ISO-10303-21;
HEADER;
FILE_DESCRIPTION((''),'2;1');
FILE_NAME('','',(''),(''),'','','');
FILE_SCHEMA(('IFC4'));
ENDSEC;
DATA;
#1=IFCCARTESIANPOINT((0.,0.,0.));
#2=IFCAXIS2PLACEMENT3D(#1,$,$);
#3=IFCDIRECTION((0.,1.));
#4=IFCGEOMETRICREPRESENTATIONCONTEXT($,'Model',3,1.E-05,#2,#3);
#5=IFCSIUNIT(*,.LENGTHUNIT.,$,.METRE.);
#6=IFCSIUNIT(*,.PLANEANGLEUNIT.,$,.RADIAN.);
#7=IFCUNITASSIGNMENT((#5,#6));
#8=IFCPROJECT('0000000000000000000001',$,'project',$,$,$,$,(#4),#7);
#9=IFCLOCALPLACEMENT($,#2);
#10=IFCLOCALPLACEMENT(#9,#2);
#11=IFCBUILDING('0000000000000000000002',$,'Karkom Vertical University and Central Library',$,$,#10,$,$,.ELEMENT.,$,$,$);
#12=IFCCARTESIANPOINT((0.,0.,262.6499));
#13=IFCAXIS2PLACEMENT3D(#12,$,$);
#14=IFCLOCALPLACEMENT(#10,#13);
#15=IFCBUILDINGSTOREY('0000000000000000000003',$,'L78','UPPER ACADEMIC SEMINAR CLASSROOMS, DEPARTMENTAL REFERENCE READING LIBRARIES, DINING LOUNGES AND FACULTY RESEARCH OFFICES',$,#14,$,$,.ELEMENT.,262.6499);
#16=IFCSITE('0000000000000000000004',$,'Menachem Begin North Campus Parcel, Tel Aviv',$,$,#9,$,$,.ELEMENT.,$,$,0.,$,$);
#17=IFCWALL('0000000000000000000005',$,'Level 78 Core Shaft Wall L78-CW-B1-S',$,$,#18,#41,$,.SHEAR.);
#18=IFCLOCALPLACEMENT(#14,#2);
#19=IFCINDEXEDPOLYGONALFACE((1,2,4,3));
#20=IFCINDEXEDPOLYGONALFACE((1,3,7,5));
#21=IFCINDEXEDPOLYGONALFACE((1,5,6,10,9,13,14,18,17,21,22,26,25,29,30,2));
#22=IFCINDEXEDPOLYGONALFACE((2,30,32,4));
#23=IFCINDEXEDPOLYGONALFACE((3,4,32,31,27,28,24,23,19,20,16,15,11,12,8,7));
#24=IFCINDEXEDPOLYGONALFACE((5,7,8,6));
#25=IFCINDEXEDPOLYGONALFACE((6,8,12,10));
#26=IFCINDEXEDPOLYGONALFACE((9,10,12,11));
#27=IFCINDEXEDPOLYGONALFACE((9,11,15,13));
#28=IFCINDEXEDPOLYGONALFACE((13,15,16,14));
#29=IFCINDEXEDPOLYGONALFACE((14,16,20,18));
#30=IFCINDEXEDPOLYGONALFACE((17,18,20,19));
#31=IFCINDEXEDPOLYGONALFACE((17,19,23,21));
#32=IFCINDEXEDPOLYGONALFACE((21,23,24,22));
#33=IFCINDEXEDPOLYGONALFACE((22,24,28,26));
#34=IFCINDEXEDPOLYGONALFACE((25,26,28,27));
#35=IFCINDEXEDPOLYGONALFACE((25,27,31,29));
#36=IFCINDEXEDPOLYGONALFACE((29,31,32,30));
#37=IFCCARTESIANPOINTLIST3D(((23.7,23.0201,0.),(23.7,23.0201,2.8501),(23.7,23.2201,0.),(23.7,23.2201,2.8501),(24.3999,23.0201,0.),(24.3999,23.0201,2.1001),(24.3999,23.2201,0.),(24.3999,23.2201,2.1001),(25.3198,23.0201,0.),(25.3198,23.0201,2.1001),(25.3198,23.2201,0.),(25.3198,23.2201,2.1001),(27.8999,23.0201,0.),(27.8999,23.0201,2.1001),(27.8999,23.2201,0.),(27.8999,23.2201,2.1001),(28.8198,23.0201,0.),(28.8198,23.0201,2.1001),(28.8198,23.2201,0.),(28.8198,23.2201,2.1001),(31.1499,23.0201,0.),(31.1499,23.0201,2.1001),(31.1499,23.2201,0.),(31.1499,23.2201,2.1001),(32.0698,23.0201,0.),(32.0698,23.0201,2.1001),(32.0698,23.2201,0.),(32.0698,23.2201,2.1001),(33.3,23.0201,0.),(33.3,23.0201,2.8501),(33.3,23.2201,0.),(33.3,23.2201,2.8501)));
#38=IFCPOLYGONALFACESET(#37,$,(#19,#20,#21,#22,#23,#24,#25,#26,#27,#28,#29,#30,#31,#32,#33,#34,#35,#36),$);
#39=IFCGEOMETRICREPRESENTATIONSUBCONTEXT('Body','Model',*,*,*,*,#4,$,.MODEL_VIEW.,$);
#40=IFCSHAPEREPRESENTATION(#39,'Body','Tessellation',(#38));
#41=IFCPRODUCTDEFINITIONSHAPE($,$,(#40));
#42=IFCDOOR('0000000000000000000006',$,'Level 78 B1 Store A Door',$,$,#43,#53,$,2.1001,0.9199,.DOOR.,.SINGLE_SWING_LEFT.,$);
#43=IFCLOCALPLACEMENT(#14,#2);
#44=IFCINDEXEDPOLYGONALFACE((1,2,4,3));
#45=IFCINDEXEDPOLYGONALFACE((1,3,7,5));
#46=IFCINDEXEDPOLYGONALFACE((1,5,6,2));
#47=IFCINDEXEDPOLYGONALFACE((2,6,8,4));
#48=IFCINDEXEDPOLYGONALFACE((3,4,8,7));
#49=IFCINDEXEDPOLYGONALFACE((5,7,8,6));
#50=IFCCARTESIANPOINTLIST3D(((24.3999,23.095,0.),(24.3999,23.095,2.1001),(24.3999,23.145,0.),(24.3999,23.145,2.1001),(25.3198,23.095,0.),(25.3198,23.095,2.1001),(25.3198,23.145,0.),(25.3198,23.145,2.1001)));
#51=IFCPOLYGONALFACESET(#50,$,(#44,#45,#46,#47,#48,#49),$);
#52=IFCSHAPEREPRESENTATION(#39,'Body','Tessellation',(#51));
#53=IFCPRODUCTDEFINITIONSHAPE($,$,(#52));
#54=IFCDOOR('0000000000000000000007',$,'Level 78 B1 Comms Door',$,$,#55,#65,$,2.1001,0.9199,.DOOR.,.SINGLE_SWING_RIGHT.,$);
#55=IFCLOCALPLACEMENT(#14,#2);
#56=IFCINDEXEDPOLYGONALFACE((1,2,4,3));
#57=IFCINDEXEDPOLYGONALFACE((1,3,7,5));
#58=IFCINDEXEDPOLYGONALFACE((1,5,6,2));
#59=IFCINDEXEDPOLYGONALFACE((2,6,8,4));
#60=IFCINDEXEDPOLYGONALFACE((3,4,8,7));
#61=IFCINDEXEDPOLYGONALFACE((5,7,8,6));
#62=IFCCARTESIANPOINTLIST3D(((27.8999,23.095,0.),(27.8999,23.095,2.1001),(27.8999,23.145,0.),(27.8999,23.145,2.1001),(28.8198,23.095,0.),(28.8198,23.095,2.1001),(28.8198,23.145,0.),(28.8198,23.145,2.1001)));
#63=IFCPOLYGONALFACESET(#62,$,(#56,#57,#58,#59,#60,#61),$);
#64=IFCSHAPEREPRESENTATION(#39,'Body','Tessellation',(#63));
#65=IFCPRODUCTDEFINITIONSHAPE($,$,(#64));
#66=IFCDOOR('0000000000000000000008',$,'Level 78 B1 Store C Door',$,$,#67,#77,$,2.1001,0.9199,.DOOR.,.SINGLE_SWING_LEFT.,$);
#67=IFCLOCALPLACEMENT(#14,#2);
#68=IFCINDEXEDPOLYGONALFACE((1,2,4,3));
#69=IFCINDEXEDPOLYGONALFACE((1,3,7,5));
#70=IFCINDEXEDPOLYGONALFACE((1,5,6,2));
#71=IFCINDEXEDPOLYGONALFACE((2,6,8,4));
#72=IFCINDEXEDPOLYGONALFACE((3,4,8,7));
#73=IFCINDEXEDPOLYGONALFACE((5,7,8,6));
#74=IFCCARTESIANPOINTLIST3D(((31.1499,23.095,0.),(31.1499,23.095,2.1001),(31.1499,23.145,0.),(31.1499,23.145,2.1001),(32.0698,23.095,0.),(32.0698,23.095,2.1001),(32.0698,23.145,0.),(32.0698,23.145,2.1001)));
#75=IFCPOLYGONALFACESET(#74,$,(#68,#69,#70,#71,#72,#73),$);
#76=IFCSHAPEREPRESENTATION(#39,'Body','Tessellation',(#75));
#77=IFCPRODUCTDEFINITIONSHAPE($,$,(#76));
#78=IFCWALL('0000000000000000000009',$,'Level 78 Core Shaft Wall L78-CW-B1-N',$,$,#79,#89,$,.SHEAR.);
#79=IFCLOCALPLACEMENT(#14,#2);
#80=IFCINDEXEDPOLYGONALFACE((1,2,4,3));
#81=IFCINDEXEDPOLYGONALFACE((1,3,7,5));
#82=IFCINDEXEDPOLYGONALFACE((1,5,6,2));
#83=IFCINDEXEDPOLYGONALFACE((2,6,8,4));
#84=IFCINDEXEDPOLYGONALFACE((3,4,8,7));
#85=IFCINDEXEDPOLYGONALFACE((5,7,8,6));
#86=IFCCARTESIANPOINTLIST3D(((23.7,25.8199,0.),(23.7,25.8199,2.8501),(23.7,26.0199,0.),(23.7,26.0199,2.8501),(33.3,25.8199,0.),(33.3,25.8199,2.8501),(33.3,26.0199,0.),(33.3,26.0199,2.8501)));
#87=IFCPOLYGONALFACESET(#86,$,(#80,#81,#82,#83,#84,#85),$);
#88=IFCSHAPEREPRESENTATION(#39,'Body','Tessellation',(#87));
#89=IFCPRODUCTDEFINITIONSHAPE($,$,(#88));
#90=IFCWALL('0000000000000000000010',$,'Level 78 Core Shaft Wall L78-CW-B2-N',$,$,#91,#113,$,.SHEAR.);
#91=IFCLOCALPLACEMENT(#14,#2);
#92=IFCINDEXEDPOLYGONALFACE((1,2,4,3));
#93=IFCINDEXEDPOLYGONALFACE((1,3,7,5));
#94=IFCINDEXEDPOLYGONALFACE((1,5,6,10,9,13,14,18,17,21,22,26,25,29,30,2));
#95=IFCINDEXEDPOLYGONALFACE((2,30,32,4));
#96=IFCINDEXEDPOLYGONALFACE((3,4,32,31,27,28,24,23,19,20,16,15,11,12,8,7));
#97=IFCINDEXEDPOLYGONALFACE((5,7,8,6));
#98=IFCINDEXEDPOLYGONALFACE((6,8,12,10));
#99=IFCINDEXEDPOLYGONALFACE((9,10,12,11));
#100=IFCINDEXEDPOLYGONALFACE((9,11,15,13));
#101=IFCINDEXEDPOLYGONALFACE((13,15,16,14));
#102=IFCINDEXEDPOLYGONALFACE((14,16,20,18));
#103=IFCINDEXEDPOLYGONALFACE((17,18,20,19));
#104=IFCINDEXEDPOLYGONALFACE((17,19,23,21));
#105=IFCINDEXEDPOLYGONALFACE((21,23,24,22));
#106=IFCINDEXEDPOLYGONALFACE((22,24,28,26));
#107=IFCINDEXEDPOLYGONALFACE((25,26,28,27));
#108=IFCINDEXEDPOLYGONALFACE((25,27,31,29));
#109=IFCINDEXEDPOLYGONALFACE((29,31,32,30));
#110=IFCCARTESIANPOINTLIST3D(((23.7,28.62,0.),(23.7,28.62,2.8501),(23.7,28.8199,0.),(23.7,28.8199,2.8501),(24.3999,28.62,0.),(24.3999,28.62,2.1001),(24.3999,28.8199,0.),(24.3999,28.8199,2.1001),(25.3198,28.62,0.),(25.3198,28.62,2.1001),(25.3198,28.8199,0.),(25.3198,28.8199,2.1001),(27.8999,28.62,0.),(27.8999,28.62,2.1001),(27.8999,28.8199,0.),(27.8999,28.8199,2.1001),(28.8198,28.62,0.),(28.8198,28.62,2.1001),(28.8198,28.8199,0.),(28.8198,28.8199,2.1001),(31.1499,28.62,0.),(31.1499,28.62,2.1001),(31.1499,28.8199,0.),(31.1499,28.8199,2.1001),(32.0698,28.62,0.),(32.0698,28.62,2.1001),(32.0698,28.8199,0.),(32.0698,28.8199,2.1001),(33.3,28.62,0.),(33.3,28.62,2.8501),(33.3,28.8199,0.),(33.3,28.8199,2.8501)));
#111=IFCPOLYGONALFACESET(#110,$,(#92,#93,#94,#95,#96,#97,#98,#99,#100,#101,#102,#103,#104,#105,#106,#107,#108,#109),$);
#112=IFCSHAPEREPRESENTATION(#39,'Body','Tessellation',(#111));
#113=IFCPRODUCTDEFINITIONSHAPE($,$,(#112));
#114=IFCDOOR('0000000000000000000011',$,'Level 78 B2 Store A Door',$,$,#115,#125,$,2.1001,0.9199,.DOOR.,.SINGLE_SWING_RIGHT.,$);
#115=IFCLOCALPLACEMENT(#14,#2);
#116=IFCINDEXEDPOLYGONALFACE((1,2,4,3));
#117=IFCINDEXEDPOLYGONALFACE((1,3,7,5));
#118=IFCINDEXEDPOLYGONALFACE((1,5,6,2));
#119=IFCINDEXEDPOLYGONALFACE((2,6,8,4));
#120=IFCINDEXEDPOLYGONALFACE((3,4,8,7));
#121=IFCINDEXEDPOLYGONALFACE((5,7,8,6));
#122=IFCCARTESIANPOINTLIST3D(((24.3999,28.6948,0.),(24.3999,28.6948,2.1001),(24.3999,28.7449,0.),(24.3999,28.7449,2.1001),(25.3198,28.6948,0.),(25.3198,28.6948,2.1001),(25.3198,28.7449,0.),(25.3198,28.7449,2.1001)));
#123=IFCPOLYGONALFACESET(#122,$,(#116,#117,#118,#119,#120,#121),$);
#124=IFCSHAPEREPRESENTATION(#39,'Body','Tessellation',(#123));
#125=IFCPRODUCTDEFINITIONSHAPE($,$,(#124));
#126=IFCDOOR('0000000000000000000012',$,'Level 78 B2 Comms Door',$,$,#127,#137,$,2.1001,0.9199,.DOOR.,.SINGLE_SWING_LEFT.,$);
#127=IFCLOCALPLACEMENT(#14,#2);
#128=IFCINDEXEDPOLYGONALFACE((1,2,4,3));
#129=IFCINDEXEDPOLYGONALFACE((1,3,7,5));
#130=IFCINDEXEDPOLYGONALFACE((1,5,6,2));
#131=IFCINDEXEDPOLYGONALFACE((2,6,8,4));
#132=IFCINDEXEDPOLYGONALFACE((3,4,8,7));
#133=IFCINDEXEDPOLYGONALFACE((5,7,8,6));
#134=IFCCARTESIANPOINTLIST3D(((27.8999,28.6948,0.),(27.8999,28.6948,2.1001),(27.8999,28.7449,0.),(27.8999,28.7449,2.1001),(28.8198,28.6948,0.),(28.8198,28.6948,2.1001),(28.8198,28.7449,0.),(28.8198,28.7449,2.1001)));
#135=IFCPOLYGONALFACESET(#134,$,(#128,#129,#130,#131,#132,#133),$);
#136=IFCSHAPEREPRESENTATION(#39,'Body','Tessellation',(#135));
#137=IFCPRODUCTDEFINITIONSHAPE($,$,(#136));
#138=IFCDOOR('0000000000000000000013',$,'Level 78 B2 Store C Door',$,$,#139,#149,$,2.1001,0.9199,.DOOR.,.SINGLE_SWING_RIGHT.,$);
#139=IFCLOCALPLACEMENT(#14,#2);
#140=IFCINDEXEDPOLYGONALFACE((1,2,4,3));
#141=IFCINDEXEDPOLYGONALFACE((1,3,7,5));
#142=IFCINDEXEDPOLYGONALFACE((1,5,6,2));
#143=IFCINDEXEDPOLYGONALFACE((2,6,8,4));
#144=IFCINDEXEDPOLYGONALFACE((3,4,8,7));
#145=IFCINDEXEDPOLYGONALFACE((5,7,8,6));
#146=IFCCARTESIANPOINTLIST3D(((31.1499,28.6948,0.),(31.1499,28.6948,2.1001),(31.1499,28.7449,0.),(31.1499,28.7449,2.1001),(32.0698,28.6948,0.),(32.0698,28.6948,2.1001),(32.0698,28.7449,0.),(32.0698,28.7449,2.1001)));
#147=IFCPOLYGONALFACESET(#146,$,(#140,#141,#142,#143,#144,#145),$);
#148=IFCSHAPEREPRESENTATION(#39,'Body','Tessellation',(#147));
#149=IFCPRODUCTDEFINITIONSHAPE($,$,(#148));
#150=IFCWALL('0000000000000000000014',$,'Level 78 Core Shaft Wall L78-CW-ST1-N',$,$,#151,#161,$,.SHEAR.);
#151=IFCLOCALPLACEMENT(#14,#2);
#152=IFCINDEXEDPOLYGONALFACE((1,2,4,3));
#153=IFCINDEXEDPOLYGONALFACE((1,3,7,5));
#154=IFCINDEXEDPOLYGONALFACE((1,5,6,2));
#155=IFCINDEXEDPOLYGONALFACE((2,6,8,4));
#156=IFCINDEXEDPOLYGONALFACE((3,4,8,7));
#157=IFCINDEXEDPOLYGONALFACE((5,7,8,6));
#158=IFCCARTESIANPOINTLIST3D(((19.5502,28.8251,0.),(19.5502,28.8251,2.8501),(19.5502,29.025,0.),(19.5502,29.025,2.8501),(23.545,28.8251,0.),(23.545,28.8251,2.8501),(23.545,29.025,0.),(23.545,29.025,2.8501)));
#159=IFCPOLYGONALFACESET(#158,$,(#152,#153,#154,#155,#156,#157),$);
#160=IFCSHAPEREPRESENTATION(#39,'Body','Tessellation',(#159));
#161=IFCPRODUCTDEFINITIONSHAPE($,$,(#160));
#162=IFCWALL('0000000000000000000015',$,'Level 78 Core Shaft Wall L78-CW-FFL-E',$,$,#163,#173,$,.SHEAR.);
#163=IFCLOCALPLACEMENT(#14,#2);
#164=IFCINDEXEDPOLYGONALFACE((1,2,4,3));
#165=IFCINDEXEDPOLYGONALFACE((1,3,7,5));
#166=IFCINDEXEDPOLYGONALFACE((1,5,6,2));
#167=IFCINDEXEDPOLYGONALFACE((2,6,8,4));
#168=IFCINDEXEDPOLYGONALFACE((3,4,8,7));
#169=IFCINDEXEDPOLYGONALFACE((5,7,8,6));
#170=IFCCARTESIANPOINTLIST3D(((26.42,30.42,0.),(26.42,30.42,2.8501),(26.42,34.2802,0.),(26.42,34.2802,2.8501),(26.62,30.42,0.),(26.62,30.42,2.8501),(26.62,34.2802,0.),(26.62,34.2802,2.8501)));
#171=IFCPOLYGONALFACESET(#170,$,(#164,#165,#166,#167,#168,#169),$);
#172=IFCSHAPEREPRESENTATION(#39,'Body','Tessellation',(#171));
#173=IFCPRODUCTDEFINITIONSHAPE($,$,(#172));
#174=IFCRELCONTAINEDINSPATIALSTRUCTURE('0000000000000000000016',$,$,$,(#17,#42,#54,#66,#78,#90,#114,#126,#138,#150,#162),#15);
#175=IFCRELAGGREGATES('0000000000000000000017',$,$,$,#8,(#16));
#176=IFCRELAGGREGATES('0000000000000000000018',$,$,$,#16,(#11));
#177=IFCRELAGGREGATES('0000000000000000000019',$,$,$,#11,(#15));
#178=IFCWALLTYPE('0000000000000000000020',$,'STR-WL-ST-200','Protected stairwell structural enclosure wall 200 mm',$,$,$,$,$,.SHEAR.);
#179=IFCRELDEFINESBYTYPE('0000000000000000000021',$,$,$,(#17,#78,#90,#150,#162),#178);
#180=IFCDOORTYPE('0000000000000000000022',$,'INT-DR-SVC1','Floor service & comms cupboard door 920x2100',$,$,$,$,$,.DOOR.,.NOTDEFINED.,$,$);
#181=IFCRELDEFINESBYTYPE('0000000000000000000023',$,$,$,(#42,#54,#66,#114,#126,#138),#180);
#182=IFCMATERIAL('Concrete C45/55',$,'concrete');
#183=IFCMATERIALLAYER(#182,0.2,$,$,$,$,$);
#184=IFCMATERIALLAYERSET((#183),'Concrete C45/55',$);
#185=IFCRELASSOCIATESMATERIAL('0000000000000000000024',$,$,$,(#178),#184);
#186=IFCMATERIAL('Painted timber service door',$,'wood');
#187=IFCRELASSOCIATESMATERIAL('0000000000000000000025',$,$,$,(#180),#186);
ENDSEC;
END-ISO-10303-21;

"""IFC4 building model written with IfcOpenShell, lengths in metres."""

from ifc_helpers import new_model, si_unit, direction, frame, frame_2d, origin, origin_with_axes, place, context, subcontext, project, spatial, rectangle, extrude, source, transform, mapped, material, layer, layer_set, type_object, element, fill, save


model = new_model("IFC4")

# Units and contexts
model_context = context("Model", 3, precision=1e-05, world=origin(), true_north=direction((0.0, 1.0)))
body_context = subcontext(model_context, "Body", "Model", "MODEL_VIEW")
ifc_project = project(units=[si_unit("LENGTHUNIT", "METRE"), si_unit("PLANEANGLEUNIT", "RADIAN")], contexts=[model_context])

# Site, building, storey
site_placement = place(None, origin())
site = spatial("IfcSite", under=ifc_project, at=site_placement, Name="Menachem Begin North Campus Parcel, Tel Aviv", CompositionType="ELEMENT", RefElevation=0.0)
building_placement = place(site_placement, origin())
building = spatial("IfcBuilding", under=site, at=building_placement, Name="Karkom Vertical University and Central Library", CompositionType="ELEMENT")
storey_placement = place(building_placement, frame((0.0, 0.0, 262.6499)))
storey = spatial("IfcBuildingStorey", under=building, at=storey_placement, Name="L78", Description="UPPER ACADEMIC SEMINAR CLASSROOMS, DEPARTMENTAL REFERENCE READING LIBRARIES, DINING LOUNGES AND FACULTY RESEARCH OFFICES", CompositionType="ELEMENT", Elevation=262.6499)

# Wall, openings, doors
ifc_material_1 = material(Name="Concrete C45/55", Category="concrete")
ifc_layer_1 = layer(ifc_material_1, 0.2)
ifc_layer_set_1 = layer_set([ifc_layer_1], Name="Concrete C45/55")
wall_type_1 = type_object("IfcWallType", Name="STR-WL-ST-200", Description="Protected stairwell structural enclosure wall 200 mm", PredefinedType="SHEAR", material=ifc_layer_set_1)
wall_1_placement = place(storey_placement, frame((23.7, 23.1201, 0.0), z_axis=(0.0, 0.0, 1.0), x_axis=(1.0, 0.0, 0.0)))
wall_1 = element("IfcWall", 1, at=wall_1_placement, inside=storey, type_object=wall_type_1, Name="Level 78 Core Shaft Wall L78-CW-B1-S", PredefinedType="SHEAR", context=body_context, shape_type="SweptSolid", body=[
    extrude(rectangle(XDim=9.6001, YDim=0.2, at=frame_2d((4.8, 0.0))), origin(), (0.0, 0.0, 1.0), 2.8501),
])
opening_1_placement = place(wall_1_placement, frame((0.7, 0.0, 0.0)))
opening_1 = element("IfcOpeningElement", 2, at=opening_1_placement, cuts=wall_1, PredefinedType="OPENING", context=body_context, shape_type="SweptSolid", body=[
    extrude(rectangle(XDim=0.9199, YDim=2.1001, at=frame_2d((0.46, 1.05))), frame((0.0, 0.1099, 0.0), z_axis=(0.0, -1.0, 0.0), x_axis=(1.0, 0.0, 0.0)), (0.0, 0.0, 1.0), 0.22),
])
opening_2_placement = place(wall_1_placement, frame((4.2, 0.0, 0.0)))
opening_2 = element("IfcOpeningElement", 3, at=opening_2_placement, cuts=wall_1, PredefinedType="OPENING", context=body_context, shape_type="SweptSolid", body=[
    extrude(rectangle(XDim=0.9199, YDim=2.1001, at=frame_2d((0.46, 1.05))), frame((0.0, 0.1099, 0.0), z_axis=(0.0, -1.0, 0.0), x_axis=(1.0, 0.0, 0.0)), (0.0, 0.0, 1.0), 0.22),
])
opening_3_placement = place(wall_1_placement, frame((7.45, 0.0, 0.0)))
opening_3 = element("IfcOpeningElement", 4, at=opening_3_placement, cuts=wall_1, PredefinedType="OPENING", context=body_context, shape_type="SweptSolid", body=[
    extrude(rectangle(XDim=0.9199, YDim=2.1001, at=frame_2d((0.46, 1.05))), frame((0.0, 0.1099, 0.0), z_axis=(0.0, -1.0, 0.0), x_axis=(1.0, 0.0, 0.0)), (0.0, 0.0, 1.0), 0.22),
])
ifc_material_2 = material(Name="Painted timber service door", Category="wood")
door_type = type_object("IfcDoorType", Name="INT-DR-SVC1", Description="Floor service & comms cupboard door 920x2100", OperationType="NOTDEFINED", PredefinedType="DOOR", material=ifc_material_2)
shared_shape_1 = source(origin_with_axes(), body_context, "Body", "SweptSolid", [
    extrude(rectangle(XDim=0.9199, YDim=2.1001, at=frame_2d((0.46, 1.05))), frame((0.0, 0.0249, 0.0), z_axis=(0.0, -1.0, 0.0), x_axis=(1.0, 0.0, 0.0)), (0.0, 0.0, 1.0), 0.05),
])
door_1_placement = place(opening_1_placement, origin())
door_1 = element("IfcDoor", 5, at=door_1_placement, inside=storey, type_object=door_type, Name="Level 78 B1 Store A Door", OperationType="SINGLE_SWING_LEFT", OverallHeight=2.1001, OverallWidth=0.9199, PredefinedType="DOOR", context=body_context, shape_type="MappedRepresentation", body=[
    mapped(shared_shape_1, transform((0.0, 0.0, 0.0), scale=1.0)),
])
fill(opening_1, door_1)
door_2_placement = place(opening_2_placement, origin())
door_2 = element("IfcDoor", 6, at=door_2_placement, inside=storey, type_object=door_type, Name="Level 78 B1 Comms Door", OperationType="SINGLE_SWING_RIGHT", OverallHeight=2.1001, OverallWidth=0.9199, PredefinedType="DOOR", context=body_context, shape_type="MappedRepresentation", body=[
    mapped(shared_shape_1, transform((0.0, 0.0, 0.0), scale=1.0)),
])
fill(opening_2, door_2)
door_3_placement = place(opening_3_placement, origin())
door_3 = element("IfcDoor", 7, at=door_3_placement, inside=storey, type_object=door_type, Name="Level 78 B1 Store C Door", OperationType="SINGLE_SWING_LEFT", OverallHeight=2.1001, OverallWidth=0.9199, PredefinedType="DOOR", context=body_context, shape_type="MappedRepresentation", body=[
    mapped(shared_shape_1, transform((0.0, 0.0, 0.0), scale=1.0)),
])
fill(opening_3, door_3)

# Wall
wall_2_placement = place(storey_placement, frame((23.7, 25.9199, 0.0), z_axis=(0.0, 0.0, 1.0), x_axis=(1.0, 0.0, 0.0)))
element("IfcWall", 8, at=wall_2_placement, inside=storey, type_object=wall_type_1, Name="Level 78 Core Shaft Wall L78-CW-B1-N", PredefinedType="SHEAR", context=body_context, shape_type="SweptSolid", body=[
    extrude(rectangle(XDim=9.6001, YDim=0.2, at=frame_2d((4.8, 0.0))), origin(), (0.0, 0.0, 1.0), 2.8501),
])

# Wall, openings, doors
wall_3_placement = place(storey_placement, frame((23.7, 28.72, 0.0), z_axis=(0.0, 0.0, 1.0), x_axis=(1.0, 0.0, 0.0)))
wall_3 = element("IfcWall", 9, at=wall_3_placement, inside=storey, type_object=wall_type_1, Name="Level 78 Core Shaft Wall L78-CW-B2-N", PredefinedType="SHEAR", context=body_context, shape_type="SweptSolid", body=[
    extrude(rectangle(XDim=9.6001, YDim=0.2, at=frame_2d((4.8, 0.0))), origin(), (0.0, 0.0, 1.0), 2.8501),
])
opening_4_placement = place(wall_3_placement, frame((0.7, 0.0, 0.0)))
opening_4 = element("IfcOpeningElement", 10, at=opening_4_placement, cuts=wall_3, PredefinedType="OPENING", context=body_context, shape_type="SweptSolid", body=[
    extrude(rectangle(XDim=0.9199, YDim=2.1001, at=frame_2d((0.46, 1.05))), frame((0.0, 0.1099, 0.0), z_axis=(0.0, -1.0, 0.0), x_axis=(1.0, 0.0, 0.0)), (0.0, 0.0, 1.0), 0.22),
])
opening_5_placement = place(wall_3_placement, frame((4.2, 0.0, 0.0)))
opening_5 = element("IfcOpeningElement", 11, at=opening_5_placement, cuts=wall_3, PredefinedType="OPENING", context=body_context, shape_type="SweptSolid", body=[
    extrude(rectangle(XDim=0.9199, YDim=2.1001, at=frame_2d((0.46, 1.05))), frame((0.0, 0.1099, 0.0), z_axis=(0.0, -1.0, 0.0), x_axis=(1.0, 0.0, 0.0)), (0.0, 0.0, 1.0), 0.22),
])
opening_6_placement = place(wall_3_placement, frame((7.45, 0.0, 0.0)))
opening_6 = element("IfcOpeningElement", 12, at=opening_6_placement, cuts=wall_3, PredefinedType="OPENING", context=body_context, shape_type="SweptSolid", body=[
    extrude(rectangle(XDim=0.9199, YDim=2.1001, at=frame_2d((0.46, 1.05))), frame((0.0, 0.1099, 0.0), z_axis=(0.0, -1.0, 0.0), x_axis=(1.0, 0.0, 0.0)), (0.0, 0.0, 1.0), 0.22),
])
door_4_placement = place(opening_4_placement, origin())
door_4 = element("IfcDoor", 13, at=door_4_placement, inside=storey, type_object=door_type, Name="Level 78 B2 Store A Door", OperationType="SINGLE_SWING_RIGHT", OverallHeight=2.1001, OverallWidth=0.9199, PredefinedType="DOOR", context=body_context, shape_type="MappedRepresentation", body=[
    mapped(shared_shape_1, transform((0.0, 0.0, 0.0), scale=1.0)),
])
fill(opening_4, door_4)
door_5_placement = place(opening_5_placement, origin())
door_5 = element("IfcDoor", 14, at=door_5_placement, inside=storey, type_object=door_type, Name="Level 78 B2 Comms Door", OperationType="SINGLE_SWING_LEFT", OverallHeight=2.1001, OverallWidth=0.9199, PredefinedType="DOOR", context=body_context, shape_type="MappedRepresentation", body=[
    mapped(shared_shape_1, transform((0.0, 0.0, 0.0), scale=1.0)),
])
fill(opening_5, door_5)
door_6_placement = place(opening_6_placement, origin())
door_6 = element("IfcDoor", 15, at=door_6_placement, inside=storey, type_object=door_type, Name="Level 78 B2 Store C Door", OperationType="SINGLE_SWING_RIGHT", OverallHeight=2.1001, OverallWidth=0.9199, PredefinedType="DOOR", context=body_context, shape_type="MappedRepresentation", body=[
    mapped(shared_shape_1, transform((0.0, 0.0, 0.0), scale=1.0)),
])
fill(opening_6, door_6)

# Walls
wall_4_placement = place(storey_placement, frame((19.55, 28.925, 0.0), z_axis=(0.0, 0.0, 1.0), x_axis=(1.0, 0.0, 0.0)))
element("IfcWall", 16, at=wall_4_placement, inside=storey, type_object=wall_type_1, Name="Level 78 Core Shaft Wall L78-CW-ST1-N", PredefinedType="SHEAR", context=body_context, shape_type="SweptSolid", body=[
    extrude(rectangle(XDim=3.9949, YDim=0.2, at=frame_2d((1.9976, 0.0))), origin(), (0.0, 0.0, 1.0), 2.8501),
])
wall_5_placement = place(storey_placement, frame((26.52, 30.4199, 0.0), z_axis=(0.0, 0.0, 1.0), x_axis=(0.0, 1.0, 0.0)))
element("IfcWall", 17, at=wall_5_placement, inside=storey, type_object=wall_type_1, Name="Level 78 Core Shaft Wall L78-CW-FFL-E", PredefinedType="SHEAR", context=body_context, shape_type="SweptSolid", body=[
    extrude(rectangle(XDim=3.8601, YDim=0.2, at=frame_2d((1.9302, 0.0))), origin(), (0.0, 0.0, 1.0), 2.8501),
])

save(model, "model.ifc")
